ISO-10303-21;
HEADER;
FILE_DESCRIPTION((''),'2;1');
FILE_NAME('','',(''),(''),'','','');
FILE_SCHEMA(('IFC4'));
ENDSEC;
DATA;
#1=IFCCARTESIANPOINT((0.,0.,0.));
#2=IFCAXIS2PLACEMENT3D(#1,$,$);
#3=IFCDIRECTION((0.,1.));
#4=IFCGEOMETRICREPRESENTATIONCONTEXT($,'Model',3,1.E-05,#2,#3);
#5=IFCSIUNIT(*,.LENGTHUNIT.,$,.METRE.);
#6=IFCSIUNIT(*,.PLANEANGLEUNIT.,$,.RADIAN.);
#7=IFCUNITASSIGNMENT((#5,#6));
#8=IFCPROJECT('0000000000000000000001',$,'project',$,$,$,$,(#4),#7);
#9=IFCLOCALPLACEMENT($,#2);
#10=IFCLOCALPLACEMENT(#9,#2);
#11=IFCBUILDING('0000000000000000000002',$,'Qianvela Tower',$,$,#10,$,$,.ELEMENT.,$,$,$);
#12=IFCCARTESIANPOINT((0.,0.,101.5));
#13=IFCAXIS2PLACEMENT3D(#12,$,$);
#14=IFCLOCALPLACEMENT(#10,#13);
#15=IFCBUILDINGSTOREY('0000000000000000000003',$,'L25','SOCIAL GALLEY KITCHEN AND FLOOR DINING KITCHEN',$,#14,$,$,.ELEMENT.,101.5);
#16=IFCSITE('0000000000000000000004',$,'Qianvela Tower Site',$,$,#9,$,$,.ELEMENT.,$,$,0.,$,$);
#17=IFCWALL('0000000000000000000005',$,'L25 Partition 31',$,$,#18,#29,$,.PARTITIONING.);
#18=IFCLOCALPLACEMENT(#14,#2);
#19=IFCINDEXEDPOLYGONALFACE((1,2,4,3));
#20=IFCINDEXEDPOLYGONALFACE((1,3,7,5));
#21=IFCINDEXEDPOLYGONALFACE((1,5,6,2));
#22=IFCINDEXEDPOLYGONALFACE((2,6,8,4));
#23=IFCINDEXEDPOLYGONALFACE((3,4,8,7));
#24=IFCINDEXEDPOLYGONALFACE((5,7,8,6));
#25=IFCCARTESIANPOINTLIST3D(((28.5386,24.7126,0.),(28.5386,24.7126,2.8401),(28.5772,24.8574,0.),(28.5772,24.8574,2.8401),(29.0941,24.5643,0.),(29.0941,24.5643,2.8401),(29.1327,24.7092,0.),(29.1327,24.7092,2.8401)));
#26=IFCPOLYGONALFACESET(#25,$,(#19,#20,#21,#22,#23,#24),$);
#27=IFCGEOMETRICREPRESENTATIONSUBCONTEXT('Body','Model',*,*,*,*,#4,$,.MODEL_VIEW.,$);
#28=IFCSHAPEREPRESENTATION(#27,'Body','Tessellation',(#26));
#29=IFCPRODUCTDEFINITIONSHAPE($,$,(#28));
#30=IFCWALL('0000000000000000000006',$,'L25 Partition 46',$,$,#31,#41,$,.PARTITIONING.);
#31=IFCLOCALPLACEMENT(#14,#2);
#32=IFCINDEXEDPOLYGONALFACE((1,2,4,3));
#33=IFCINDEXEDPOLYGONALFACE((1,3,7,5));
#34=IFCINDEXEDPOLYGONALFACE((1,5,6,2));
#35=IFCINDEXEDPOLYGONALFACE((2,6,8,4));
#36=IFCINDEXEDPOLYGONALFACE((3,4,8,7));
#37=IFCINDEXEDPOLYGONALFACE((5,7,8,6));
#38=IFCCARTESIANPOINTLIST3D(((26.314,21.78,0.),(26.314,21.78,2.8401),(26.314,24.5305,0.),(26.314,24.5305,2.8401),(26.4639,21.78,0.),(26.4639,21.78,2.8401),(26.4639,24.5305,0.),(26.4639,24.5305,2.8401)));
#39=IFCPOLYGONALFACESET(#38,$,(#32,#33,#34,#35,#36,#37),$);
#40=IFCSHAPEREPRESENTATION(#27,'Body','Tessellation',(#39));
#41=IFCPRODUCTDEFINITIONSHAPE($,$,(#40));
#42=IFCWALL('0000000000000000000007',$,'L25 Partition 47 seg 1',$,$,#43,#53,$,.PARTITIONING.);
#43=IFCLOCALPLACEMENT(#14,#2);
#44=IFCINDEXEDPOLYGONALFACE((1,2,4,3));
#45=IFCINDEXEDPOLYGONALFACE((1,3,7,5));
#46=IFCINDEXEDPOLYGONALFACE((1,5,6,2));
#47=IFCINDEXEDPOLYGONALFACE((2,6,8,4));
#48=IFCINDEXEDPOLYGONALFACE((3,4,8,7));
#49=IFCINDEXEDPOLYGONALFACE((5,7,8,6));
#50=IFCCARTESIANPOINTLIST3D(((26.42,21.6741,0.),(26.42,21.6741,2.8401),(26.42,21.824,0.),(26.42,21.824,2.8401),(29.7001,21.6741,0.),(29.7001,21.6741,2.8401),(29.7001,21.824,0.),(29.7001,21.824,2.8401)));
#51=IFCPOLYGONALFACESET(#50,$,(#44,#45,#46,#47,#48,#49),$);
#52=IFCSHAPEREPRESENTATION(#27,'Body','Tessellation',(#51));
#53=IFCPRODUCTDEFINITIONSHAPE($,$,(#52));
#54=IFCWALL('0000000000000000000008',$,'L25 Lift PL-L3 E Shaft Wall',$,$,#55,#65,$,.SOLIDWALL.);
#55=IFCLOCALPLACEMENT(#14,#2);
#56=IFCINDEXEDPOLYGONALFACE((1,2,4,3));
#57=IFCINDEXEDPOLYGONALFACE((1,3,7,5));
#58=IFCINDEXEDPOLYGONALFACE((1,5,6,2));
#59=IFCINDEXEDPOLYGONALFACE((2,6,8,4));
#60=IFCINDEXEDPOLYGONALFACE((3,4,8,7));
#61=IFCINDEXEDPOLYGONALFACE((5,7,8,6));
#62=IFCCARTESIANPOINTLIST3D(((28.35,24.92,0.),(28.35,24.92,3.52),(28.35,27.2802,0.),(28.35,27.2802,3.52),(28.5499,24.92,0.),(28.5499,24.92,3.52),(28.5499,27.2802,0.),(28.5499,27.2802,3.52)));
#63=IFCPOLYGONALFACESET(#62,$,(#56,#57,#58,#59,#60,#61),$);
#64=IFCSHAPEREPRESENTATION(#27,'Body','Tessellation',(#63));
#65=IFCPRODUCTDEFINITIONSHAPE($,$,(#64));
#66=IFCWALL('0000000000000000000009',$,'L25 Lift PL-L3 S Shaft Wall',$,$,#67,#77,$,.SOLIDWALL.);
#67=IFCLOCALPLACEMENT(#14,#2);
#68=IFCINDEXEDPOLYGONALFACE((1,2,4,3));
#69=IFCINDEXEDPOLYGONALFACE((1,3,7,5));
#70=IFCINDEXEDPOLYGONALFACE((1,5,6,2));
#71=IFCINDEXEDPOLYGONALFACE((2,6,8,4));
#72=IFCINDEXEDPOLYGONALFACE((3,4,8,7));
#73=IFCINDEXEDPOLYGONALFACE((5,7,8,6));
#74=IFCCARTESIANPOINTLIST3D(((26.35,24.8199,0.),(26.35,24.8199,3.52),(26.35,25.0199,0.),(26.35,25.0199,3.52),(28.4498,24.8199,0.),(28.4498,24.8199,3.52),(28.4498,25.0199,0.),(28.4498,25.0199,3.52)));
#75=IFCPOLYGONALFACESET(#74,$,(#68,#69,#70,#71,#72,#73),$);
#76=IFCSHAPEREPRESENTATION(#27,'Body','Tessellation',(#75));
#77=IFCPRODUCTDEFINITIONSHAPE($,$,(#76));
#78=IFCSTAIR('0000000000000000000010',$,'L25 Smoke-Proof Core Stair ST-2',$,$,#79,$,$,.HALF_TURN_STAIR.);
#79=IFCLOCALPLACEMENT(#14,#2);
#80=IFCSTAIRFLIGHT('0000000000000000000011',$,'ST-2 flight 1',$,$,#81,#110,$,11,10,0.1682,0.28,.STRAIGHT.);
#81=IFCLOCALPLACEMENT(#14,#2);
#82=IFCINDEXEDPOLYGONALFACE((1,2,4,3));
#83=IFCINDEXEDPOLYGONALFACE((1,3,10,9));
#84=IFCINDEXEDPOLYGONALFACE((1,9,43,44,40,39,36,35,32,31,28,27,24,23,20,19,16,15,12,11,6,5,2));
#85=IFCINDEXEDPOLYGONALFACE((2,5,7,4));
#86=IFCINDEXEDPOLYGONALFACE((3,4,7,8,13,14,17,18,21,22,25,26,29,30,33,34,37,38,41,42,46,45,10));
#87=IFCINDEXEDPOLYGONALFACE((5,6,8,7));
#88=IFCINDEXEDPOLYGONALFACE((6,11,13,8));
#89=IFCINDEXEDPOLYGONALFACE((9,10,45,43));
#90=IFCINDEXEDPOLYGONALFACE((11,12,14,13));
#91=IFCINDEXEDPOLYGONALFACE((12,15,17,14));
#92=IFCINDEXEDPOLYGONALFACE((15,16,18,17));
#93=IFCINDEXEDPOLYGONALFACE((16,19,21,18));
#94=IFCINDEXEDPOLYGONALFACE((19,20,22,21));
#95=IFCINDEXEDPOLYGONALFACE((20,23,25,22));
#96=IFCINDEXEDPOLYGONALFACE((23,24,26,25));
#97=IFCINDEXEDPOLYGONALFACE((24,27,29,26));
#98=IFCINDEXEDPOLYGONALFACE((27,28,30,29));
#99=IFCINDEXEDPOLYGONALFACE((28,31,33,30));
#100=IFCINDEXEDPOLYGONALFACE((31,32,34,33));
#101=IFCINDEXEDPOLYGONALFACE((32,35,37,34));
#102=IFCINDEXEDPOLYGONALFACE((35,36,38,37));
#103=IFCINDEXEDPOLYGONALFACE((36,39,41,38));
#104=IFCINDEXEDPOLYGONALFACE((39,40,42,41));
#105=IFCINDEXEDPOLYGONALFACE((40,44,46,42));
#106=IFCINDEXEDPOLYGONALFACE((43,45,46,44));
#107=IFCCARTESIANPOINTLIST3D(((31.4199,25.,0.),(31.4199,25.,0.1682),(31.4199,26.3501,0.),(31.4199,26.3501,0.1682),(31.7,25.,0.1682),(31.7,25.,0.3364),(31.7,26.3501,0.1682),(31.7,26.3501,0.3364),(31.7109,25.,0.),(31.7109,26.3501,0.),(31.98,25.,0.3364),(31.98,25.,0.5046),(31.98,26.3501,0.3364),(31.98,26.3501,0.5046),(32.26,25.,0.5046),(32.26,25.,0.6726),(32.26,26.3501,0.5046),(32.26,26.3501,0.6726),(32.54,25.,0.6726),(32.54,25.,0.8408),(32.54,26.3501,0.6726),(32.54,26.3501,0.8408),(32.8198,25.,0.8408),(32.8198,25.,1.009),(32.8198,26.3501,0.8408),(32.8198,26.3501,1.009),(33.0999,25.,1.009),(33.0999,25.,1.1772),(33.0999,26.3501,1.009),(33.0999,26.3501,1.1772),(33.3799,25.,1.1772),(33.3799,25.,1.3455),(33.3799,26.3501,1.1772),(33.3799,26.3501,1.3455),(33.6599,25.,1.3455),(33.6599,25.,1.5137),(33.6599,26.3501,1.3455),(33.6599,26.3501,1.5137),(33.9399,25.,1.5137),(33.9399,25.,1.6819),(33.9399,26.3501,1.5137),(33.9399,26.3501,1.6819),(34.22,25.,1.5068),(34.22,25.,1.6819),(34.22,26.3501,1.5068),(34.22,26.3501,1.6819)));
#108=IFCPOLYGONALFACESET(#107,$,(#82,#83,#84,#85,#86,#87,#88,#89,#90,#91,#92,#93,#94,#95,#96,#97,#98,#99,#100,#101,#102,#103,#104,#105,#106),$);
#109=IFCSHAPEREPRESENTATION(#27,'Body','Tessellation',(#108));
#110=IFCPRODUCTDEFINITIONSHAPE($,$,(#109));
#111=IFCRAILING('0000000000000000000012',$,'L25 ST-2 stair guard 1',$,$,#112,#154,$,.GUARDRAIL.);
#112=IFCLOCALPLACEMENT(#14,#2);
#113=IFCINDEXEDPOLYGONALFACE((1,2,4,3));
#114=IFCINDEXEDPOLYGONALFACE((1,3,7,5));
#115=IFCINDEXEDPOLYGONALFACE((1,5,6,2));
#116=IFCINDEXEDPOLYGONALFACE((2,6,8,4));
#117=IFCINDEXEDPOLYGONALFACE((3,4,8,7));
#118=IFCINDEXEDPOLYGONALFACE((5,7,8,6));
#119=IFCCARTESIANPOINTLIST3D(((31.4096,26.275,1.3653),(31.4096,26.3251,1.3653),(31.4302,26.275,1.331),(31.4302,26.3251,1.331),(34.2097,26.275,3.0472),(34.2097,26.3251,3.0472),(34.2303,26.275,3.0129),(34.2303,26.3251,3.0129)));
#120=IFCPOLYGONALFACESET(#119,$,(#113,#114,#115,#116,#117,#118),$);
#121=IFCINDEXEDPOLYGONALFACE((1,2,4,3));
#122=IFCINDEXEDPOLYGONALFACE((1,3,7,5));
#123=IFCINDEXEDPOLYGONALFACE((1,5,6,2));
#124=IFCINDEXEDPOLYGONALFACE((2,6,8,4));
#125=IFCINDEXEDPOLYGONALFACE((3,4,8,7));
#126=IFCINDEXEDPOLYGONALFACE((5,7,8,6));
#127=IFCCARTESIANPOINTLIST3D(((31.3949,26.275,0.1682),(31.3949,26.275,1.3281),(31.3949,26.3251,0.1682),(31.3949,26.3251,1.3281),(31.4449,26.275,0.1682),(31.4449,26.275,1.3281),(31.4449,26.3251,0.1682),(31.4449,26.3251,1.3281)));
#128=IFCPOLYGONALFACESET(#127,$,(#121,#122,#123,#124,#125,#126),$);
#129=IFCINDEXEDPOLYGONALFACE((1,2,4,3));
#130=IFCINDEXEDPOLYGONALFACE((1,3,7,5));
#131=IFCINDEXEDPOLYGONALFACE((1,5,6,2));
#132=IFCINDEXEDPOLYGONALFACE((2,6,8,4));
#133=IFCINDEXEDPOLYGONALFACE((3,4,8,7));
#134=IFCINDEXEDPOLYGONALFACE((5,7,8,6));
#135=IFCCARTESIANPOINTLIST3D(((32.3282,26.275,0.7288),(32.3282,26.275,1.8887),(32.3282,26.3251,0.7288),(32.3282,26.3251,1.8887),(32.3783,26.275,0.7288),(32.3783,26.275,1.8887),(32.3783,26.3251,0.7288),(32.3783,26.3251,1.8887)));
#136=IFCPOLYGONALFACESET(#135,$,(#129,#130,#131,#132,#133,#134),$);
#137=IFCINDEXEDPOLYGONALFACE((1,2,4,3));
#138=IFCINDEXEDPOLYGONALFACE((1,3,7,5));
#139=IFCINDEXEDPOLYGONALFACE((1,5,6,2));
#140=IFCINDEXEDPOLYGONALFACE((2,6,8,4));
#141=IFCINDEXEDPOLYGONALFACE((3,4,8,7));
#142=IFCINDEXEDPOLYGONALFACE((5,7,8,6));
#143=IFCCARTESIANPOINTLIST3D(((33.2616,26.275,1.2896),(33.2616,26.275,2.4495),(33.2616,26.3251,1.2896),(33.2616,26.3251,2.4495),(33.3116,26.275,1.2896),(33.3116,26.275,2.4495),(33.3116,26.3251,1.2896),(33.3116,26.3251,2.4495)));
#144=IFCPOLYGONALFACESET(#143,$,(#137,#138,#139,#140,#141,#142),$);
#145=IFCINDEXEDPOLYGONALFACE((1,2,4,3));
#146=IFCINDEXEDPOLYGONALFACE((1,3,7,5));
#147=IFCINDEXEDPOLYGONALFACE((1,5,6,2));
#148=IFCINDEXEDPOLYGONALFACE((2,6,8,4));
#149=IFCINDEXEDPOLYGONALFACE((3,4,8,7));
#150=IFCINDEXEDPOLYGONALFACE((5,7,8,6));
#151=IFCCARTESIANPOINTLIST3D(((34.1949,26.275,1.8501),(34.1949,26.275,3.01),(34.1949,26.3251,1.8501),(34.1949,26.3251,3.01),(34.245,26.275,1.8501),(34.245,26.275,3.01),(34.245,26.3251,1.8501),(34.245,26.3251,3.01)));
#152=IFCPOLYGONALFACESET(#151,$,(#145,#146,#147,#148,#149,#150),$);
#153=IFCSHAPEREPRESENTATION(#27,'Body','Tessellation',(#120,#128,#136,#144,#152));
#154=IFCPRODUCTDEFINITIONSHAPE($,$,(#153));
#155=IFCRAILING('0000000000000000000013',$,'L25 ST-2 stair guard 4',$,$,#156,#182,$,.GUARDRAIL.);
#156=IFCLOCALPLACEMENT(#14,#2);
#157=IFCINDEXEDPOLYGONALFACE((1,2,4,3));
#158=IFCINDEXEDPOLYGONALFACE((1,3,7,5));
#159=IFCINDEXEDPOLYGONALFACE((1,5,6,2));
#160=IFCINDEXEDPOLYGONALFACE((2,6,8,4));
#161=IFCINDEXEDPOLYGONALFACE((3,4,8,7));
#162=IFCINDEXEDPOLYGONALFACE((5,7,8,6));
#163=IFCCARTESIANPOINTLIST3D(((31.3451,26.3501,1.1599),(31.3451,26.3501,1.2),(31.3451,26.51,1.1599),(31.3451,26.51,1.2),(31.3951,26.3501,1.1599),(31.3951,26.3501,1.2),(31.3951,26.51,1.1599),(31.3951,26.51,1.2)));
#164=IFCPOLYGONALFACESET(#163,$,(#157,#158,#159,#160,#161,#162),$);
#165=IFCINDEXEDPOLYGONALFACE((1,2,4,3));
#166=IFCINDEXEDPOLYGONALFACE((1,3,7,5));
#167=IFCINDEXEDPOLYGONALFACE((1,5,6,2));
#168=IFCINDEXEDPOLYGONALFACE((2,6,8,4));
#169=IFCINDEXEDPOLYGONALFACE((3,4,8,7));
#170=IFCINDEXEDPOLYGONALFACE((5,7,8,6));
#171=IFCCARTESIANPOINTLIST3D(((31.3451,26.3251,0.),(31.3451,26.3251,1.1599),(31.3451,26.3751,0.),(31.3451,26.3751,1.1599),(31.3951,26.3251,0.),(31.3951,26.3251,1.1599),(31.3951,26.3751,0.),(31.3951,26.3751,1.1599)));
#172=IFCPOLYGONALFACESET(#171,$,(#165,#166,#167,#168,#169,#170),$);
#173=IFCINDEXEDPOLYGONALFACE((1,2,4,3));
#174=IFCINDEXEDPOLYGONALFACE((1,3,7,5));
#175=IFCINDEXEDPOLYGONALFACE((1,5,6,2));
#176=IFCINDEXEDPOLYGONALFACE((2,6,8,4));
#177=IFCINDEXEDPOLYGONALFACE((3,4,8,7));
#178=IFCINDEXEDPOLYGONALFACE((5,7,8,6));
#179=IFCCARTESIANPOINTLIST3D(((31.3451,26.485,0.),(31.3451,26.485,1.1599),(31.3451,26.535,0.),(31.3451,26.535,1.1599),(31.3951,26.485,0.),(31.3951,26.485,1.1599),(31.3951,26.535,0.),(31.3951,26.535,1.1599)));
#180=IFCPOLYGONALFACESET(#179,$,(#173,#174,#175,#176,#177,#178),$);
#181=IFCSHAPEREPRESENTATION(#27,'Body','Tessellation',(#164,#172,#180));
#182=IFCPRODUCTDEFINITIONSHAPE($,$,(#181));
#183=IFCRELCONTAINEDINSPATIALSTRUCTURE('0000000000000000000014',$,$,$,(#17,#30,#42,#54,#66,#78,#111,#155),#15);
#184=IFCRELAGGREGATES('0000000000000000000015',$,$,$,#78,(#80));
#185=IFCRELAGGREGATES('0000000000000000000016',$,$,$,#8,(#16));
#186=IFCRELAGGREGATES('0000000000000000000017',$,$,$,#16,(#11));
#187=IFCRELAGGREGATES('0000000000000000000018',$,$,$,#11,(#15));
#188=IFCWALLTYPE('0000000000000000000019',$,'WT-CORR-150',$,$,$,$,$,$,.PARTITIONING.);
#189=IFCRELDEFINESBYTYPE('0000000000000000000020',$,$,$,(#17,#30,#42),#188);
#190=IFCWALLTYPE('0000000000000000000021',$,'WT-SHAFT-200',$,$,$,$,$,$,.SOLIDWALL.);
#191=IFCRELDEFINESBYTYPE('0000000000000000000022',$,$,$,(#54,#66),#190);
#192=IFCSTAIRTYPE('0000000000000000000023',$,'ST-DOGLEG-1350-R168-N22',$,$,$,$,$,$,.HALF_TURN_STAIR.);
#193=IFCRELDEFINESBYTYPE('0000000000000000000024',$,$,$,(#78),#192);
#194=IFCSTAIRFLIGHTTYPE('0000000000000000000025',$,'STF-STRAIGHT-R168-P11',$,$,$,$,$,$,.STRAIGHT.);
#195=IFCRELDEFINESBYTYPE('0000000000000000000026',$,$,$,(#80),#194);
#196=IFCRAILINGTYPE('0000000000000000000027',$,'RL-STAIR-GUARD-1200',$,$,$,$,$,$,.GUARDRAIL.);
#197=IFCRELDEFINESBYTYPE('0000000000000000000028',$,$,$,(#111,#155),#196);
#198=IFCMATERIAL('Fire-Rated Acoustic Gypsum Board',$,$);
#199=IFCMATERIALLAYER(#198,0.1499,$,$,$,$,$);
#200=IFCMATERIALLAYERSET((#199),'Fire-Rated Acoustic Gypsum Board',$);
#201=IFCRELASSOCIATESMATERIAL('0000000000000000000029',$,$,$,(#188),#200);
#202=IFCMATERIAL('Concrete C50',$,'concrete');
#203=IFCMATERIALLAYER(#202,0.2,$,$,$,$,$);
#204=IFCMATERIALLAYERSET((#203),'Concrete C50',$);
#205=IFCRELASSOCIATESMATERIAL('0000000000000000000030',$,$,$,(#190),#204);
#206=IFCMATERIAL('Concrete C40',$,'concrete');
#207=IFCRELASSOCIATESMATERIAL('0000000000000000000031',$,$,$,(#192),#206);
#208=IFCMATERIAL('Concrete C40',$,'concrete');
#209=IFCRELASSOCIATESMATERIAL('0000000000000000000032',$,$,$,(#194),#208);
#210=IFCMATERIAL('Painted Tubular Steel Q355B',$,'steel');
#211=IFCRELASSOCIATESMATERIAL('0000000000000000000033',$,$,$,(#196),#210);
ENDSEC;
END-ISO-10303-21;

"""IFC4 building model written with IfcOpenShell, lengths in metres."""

from ifc_helpers import new_model, si_unit, direction, frame, frame_2d, origin, origin_2d, place, context, subcontext, project, spatial, polyline, rectangle, outline, extrude, material, layer, layer_set, type_object, element, aggregate, save


model = new_model("IFC4")

# Units and contexts
model_context = context("Model", 3, precision=1e-05, world=origin(), true_north=direction((0.0, 1.0)))
body_context = subcontext(model_context, "Body", "Model", "MODEL_VIEW")
ifc_project = project(units=[si_unit("LENGTHUNIT", "METRE"), si_unit("PLANEANGLEUNIT", "RADIAN")], contexts=[model_context])

# Site, building, storey
site_placement = place(None, origin())
site = spatial("IfcSite", under=ifc_project, at=site_placement, Name="Qianvela Tower Site", CompositionType="ELEMENT", RefElevation=0.0)
building_placement = place(site_placement, origin())
building = spatial("IfcBuilding", under=site, at=building_placement, Name="Qianvela Tower", CompositionType="ELEMENT")
storey_placement = place(building_placement, frame((0.0, 0.0, 101.5)))
storey = spatial("IfcBuildingStorey", under=building, at=storey_placement, Name="L25", Description="SOCIAL GALLEY KITCHEN AND FLOOR DINING KITCHEN", CompositionType="ELEMENT", Elevation=101.5)

# Walls
ifc_material_1 = material(Name="Fire-Rated Acoustic Gypsum Board")
ifc_layer_1 = layer(ifc_material_1, 0.1499)
ifc_layer_set_1 = layer_set([ifc_layer_1], Name="Fire-Rated Acoustic Gypsum Board")
wall_type_1 = type_object("IfcWallType", Name="WT-CORR-150", PredefinedType="PARTITIONING", material=ifc_layer_set_1)
wall_1_placement = place(storey_placement, frame((29.1135, 24.6367, 0.0), z_axis=(0.0, 0.0, 1.0), x_axis=(-0.9662, 0.257795, 0.0)))
element("IfcWall", 1, at=wall_1_placement, inside=storey, type_object=wall_type_1, Name="L25 Partition 31", PredefinedType="PARTITIONING", context=body_context, shape_type="SweptSolid", body=[
    extrude(rectangle(XDim=0.575, YDim=0.1499, at=frame_2d((0.2876, 0.0))), origin(), (0.0, 0.0, 1.0), 2.8401),
])
wall_2_placement = place(storey_placement, frame((26.3889, 24.5305, 0.0), z_axis=(0.0, 0.0, 1.0), x_axis=(0.0, -1.0, 0.0)))
element("IfcWall", 2, at=wall_2_placement, inside=storey, type_object=wall_type_1, Name="L25 Partition 46", PredefinedType="PARTITIONING", context=body_context, shape_type="SweptSolid", body=[
    extrude(rectangle(XDim=2.7505, YDim=0.1499, at=frame_2d((1.3752, 0.0))), origin(), (0.0, 0.0, 1.0), 2.8401),
])
wall_3_placement = place(storey_placement, frame((26.4199, 21.749, 0.0), z_axis=(0.0, 0.0, 1.0), x_axis=(1.0, 0.0, 0.0)))
element("IfcWall", 3, at=wall_3_placement, inside=storey, type_object=wall_type_1, Name="L25 Partition 47 seg 1", PredefinedType="PARTITIONING", context=body_context, shape_type="SweptSolid", body=[
    extrude(rectangle(XDim=3.28, YDim=0.1499, at=frame_2d((1.6401, 0.0))), origin(), (0.0, 0.0, 1.0), 2.8401),
])
ifc_material_2 = material(Name="Concrete C50", Category="concrete")
ifc_layer_2 = layer(ifc_material_2, 0.2)
ifc_layer_set_2 = layer_set([ifc_layer_2], Name="Concrete C50")
wall_type_2 = type_object("IfcWallType", Name="WT-SHAFT-200", PredefinedType="SOLIDWALL", material=ifc_layer_set_2)
wall_4_placement = place(storey_placement, frame((28.45, 24.9199, 0.0), z_axis=(0.0, 0.0, 1.0), x_axis=(0.0, 1.0, 0.0)))
element("IfcWall", 4, at=wall_4_placement, inside=storey, type_object=wall_type_2, Name="L25 Lift PL-L3 E Shaft Wall", PredefinedType="SOLIDWALL", context=body_context, shape_type="SweptSolid", body=[
    extrude(rectangle(XDim=2.3601, YDim=0.2, at=frame_2d((1.1802, 0.0))), origin(), (0.0, 0.0, 1.0), 3.52),
])

# Wall
wall_5_placement = place(storey_placement, frame((26.3501, 24.9199, 0.0), z_axis=(0.0, 0.0, 1.0), x_axis=(1.0, 0.0, 0.0)))
element("IfcWall", 5, at=wall_5_placement, inside=storey, type_object=wall_type_2, Name="L25 Lift PL-L3 S Shaft Wall", PredefinedType="SOLIDWALL", context=body_context, shape_type="SweptSolid", body=[
    extrude(rectangle(XDim=2.0999, YDim=0.2, at=frame_2d((1.0498, 0.0))), origin(), (0.0, 0.0, 1.0), 3.52),
])

# Stair, stair flight
ifc_material_3 = material(Name="Concrete C40", Category="concrete")
stair_type = type_object("IfcStairType", Name="ST-DOGLEG-1350-R168-N22", PredefinedType="HALF_TURN_STAIR", material=ifc_material_3)
stair_placement = place(storey_placement, origin())
stair = element("IfcStair", 6, at=stair_placement, inside=storey, type_object=stair_type, Name="L25 Smoke-Proof Core Stair ST-2", PredefinedType="HALF_TURN_STAIR")
ifc_material_4 = material(Name="Concrete C40", Category="concrete")
stair_flight_type = type_object("IfcStairFlightType", Name="STF-STRAIGHT-R168-P11", PredefinedType="STRAIGHT", material=ifc_material_4)
stair_flight_placement = place(storey_placement, frame((31.4199, 25.675, 0.0), z_axis=(0.0, 0.0, 1.0), x_axis=(1.0, 0.0, 0.0)))
stair_flight = element("IfcStairFlight", 7, at=stair_flight_placement, type_object=stair_flight_type, Name="ST-2 flight 1", NumberOfRisers=11, NumberOfTreads=10, PredefinedType="STRAIGHT", RiserHeight=0.1682, TreadLength=0.28, context=body_context, shape_type="SweptSolid", body=[
    extrude(outline(polyline([(0.0, 0.0), (0.0, 0.1682), (0.28, 0.1682), (0.28, 0.3364), (0.5601, 0.3364), (0.5601, 0.5046), (0.8401, 0.5046), (0.8401, 0.6726), (1.1201, 0.6726), (1.1201, 0.8408), (1.3999, 0.8408), (1.3999, 1.009), (1.6799, 1.009), (1.6799, 1.1772), (1.96, 1.1772), (1.96, 1.3455), (2.24, 1.3455), (2.24, 1.5137), (2.52, 1.5137), (2.52, 1.6819), (2.8, 1.6819), (2.8, 1.8501), (2.8, 1.5068), (0.291, 0.0), (0.0, 0.0)])), frame((0.0, 0.675, 0.0), z_axis=(0.0, -1.0, 0.0), x_axis=(1.0, 0.0, 0.0)), (0.0, 0.0, 1.0), 1.3501),
])
aggregate(stair, [stair_flight])

# Railings
ifc_material_5 = material(Name="Painted Tubular Steel Q355B", Category="steel")
railing_type_1 = type_object("IfcRailingType", Name="RL-STAIR-GUARD-1200", PredefinedType="GUARDRAIL", material=ifc_material_5)
railing_1_placement = place(storey_placement, frame((31.4199, 26.3, 0.1682)))
element("IfcRailing", 8, at=railing_1_placement, inside=storey, type_object=railing_type_1, Name="L25 ST-2 stair guard 1", PredefinedType="GUARDRAIL", context=body_context, shape_type="SweptSolid", body=[
    extrude(rectangle(XDim=0.05, YDim=0.04, at=origin_2d()), frame((0.0, 0.0, 1.1799), z_axis=(0.857242, 0.0, 0.514913), x_axis=(0.0, 1.0, 0.0)), (0.0, 0.0, 1.0), 3.2664),
    extrude(rectangle(XDim=0.05, YDim=0.05, at=origin_2d()), origin(), (0.0, 0.0, 1.0), 1.1599),
    extrude(rectangle(XDim=0.05, YDim=0.05, at=origin_2d()), frame((0.9333, 0.0, 0.5605)), (0.0, 0.0, 1.0), 1.1599),
    extrude(rectangle(XDim=0.05, YDim=0.05, at=origin_2d()), frame((1.8667, 0.0, 1.1213)), (0.0, 0.0, 1.0), 1.1599),
    extrude(rectangle(XDim=0.05, YDim=0.05, at=origin_2d()), frame((2.8, 0.0, 1.6819)), (0.0, 0.0, 1.0), 1.1599),
])
railing_2_placement = place(storey_placement, frame((31.3701, 26.3501, 0.0)))
element("IfcRailing", 9, at=railing_2_placement, inside=storey, type_object=railing_type_1, Name="L25 ST-2 stair guard 4", PredefinedType="GUARDRAIL", context=body_context, shape_type="SweptSolid", body=[
    extrude(rectangle(XDim=0.05, YDim=0.04, at=origin_2d()), frame((0.0, 0.0, 1.1799), z_axis=(0.0, 1.0, 0.0), x_axis=(-1.0, 0.0, 0.0)), (0.0, 0.0, 1.0), 0.1599),
    extrude(rectangle(XDim=0.05, YDim=0.05, at=origin_2d()), origin(), (0.0, 0.0, 1.0), 1.1599),
    extrude(rectangle(XDim=0.05, YDim=0.05, at=origin_2d()), frame((0.0, 0.1599, 0.0)), (0.0, 0.0, 1.0), 1.1599),
])

save(model, "model.ifc")
